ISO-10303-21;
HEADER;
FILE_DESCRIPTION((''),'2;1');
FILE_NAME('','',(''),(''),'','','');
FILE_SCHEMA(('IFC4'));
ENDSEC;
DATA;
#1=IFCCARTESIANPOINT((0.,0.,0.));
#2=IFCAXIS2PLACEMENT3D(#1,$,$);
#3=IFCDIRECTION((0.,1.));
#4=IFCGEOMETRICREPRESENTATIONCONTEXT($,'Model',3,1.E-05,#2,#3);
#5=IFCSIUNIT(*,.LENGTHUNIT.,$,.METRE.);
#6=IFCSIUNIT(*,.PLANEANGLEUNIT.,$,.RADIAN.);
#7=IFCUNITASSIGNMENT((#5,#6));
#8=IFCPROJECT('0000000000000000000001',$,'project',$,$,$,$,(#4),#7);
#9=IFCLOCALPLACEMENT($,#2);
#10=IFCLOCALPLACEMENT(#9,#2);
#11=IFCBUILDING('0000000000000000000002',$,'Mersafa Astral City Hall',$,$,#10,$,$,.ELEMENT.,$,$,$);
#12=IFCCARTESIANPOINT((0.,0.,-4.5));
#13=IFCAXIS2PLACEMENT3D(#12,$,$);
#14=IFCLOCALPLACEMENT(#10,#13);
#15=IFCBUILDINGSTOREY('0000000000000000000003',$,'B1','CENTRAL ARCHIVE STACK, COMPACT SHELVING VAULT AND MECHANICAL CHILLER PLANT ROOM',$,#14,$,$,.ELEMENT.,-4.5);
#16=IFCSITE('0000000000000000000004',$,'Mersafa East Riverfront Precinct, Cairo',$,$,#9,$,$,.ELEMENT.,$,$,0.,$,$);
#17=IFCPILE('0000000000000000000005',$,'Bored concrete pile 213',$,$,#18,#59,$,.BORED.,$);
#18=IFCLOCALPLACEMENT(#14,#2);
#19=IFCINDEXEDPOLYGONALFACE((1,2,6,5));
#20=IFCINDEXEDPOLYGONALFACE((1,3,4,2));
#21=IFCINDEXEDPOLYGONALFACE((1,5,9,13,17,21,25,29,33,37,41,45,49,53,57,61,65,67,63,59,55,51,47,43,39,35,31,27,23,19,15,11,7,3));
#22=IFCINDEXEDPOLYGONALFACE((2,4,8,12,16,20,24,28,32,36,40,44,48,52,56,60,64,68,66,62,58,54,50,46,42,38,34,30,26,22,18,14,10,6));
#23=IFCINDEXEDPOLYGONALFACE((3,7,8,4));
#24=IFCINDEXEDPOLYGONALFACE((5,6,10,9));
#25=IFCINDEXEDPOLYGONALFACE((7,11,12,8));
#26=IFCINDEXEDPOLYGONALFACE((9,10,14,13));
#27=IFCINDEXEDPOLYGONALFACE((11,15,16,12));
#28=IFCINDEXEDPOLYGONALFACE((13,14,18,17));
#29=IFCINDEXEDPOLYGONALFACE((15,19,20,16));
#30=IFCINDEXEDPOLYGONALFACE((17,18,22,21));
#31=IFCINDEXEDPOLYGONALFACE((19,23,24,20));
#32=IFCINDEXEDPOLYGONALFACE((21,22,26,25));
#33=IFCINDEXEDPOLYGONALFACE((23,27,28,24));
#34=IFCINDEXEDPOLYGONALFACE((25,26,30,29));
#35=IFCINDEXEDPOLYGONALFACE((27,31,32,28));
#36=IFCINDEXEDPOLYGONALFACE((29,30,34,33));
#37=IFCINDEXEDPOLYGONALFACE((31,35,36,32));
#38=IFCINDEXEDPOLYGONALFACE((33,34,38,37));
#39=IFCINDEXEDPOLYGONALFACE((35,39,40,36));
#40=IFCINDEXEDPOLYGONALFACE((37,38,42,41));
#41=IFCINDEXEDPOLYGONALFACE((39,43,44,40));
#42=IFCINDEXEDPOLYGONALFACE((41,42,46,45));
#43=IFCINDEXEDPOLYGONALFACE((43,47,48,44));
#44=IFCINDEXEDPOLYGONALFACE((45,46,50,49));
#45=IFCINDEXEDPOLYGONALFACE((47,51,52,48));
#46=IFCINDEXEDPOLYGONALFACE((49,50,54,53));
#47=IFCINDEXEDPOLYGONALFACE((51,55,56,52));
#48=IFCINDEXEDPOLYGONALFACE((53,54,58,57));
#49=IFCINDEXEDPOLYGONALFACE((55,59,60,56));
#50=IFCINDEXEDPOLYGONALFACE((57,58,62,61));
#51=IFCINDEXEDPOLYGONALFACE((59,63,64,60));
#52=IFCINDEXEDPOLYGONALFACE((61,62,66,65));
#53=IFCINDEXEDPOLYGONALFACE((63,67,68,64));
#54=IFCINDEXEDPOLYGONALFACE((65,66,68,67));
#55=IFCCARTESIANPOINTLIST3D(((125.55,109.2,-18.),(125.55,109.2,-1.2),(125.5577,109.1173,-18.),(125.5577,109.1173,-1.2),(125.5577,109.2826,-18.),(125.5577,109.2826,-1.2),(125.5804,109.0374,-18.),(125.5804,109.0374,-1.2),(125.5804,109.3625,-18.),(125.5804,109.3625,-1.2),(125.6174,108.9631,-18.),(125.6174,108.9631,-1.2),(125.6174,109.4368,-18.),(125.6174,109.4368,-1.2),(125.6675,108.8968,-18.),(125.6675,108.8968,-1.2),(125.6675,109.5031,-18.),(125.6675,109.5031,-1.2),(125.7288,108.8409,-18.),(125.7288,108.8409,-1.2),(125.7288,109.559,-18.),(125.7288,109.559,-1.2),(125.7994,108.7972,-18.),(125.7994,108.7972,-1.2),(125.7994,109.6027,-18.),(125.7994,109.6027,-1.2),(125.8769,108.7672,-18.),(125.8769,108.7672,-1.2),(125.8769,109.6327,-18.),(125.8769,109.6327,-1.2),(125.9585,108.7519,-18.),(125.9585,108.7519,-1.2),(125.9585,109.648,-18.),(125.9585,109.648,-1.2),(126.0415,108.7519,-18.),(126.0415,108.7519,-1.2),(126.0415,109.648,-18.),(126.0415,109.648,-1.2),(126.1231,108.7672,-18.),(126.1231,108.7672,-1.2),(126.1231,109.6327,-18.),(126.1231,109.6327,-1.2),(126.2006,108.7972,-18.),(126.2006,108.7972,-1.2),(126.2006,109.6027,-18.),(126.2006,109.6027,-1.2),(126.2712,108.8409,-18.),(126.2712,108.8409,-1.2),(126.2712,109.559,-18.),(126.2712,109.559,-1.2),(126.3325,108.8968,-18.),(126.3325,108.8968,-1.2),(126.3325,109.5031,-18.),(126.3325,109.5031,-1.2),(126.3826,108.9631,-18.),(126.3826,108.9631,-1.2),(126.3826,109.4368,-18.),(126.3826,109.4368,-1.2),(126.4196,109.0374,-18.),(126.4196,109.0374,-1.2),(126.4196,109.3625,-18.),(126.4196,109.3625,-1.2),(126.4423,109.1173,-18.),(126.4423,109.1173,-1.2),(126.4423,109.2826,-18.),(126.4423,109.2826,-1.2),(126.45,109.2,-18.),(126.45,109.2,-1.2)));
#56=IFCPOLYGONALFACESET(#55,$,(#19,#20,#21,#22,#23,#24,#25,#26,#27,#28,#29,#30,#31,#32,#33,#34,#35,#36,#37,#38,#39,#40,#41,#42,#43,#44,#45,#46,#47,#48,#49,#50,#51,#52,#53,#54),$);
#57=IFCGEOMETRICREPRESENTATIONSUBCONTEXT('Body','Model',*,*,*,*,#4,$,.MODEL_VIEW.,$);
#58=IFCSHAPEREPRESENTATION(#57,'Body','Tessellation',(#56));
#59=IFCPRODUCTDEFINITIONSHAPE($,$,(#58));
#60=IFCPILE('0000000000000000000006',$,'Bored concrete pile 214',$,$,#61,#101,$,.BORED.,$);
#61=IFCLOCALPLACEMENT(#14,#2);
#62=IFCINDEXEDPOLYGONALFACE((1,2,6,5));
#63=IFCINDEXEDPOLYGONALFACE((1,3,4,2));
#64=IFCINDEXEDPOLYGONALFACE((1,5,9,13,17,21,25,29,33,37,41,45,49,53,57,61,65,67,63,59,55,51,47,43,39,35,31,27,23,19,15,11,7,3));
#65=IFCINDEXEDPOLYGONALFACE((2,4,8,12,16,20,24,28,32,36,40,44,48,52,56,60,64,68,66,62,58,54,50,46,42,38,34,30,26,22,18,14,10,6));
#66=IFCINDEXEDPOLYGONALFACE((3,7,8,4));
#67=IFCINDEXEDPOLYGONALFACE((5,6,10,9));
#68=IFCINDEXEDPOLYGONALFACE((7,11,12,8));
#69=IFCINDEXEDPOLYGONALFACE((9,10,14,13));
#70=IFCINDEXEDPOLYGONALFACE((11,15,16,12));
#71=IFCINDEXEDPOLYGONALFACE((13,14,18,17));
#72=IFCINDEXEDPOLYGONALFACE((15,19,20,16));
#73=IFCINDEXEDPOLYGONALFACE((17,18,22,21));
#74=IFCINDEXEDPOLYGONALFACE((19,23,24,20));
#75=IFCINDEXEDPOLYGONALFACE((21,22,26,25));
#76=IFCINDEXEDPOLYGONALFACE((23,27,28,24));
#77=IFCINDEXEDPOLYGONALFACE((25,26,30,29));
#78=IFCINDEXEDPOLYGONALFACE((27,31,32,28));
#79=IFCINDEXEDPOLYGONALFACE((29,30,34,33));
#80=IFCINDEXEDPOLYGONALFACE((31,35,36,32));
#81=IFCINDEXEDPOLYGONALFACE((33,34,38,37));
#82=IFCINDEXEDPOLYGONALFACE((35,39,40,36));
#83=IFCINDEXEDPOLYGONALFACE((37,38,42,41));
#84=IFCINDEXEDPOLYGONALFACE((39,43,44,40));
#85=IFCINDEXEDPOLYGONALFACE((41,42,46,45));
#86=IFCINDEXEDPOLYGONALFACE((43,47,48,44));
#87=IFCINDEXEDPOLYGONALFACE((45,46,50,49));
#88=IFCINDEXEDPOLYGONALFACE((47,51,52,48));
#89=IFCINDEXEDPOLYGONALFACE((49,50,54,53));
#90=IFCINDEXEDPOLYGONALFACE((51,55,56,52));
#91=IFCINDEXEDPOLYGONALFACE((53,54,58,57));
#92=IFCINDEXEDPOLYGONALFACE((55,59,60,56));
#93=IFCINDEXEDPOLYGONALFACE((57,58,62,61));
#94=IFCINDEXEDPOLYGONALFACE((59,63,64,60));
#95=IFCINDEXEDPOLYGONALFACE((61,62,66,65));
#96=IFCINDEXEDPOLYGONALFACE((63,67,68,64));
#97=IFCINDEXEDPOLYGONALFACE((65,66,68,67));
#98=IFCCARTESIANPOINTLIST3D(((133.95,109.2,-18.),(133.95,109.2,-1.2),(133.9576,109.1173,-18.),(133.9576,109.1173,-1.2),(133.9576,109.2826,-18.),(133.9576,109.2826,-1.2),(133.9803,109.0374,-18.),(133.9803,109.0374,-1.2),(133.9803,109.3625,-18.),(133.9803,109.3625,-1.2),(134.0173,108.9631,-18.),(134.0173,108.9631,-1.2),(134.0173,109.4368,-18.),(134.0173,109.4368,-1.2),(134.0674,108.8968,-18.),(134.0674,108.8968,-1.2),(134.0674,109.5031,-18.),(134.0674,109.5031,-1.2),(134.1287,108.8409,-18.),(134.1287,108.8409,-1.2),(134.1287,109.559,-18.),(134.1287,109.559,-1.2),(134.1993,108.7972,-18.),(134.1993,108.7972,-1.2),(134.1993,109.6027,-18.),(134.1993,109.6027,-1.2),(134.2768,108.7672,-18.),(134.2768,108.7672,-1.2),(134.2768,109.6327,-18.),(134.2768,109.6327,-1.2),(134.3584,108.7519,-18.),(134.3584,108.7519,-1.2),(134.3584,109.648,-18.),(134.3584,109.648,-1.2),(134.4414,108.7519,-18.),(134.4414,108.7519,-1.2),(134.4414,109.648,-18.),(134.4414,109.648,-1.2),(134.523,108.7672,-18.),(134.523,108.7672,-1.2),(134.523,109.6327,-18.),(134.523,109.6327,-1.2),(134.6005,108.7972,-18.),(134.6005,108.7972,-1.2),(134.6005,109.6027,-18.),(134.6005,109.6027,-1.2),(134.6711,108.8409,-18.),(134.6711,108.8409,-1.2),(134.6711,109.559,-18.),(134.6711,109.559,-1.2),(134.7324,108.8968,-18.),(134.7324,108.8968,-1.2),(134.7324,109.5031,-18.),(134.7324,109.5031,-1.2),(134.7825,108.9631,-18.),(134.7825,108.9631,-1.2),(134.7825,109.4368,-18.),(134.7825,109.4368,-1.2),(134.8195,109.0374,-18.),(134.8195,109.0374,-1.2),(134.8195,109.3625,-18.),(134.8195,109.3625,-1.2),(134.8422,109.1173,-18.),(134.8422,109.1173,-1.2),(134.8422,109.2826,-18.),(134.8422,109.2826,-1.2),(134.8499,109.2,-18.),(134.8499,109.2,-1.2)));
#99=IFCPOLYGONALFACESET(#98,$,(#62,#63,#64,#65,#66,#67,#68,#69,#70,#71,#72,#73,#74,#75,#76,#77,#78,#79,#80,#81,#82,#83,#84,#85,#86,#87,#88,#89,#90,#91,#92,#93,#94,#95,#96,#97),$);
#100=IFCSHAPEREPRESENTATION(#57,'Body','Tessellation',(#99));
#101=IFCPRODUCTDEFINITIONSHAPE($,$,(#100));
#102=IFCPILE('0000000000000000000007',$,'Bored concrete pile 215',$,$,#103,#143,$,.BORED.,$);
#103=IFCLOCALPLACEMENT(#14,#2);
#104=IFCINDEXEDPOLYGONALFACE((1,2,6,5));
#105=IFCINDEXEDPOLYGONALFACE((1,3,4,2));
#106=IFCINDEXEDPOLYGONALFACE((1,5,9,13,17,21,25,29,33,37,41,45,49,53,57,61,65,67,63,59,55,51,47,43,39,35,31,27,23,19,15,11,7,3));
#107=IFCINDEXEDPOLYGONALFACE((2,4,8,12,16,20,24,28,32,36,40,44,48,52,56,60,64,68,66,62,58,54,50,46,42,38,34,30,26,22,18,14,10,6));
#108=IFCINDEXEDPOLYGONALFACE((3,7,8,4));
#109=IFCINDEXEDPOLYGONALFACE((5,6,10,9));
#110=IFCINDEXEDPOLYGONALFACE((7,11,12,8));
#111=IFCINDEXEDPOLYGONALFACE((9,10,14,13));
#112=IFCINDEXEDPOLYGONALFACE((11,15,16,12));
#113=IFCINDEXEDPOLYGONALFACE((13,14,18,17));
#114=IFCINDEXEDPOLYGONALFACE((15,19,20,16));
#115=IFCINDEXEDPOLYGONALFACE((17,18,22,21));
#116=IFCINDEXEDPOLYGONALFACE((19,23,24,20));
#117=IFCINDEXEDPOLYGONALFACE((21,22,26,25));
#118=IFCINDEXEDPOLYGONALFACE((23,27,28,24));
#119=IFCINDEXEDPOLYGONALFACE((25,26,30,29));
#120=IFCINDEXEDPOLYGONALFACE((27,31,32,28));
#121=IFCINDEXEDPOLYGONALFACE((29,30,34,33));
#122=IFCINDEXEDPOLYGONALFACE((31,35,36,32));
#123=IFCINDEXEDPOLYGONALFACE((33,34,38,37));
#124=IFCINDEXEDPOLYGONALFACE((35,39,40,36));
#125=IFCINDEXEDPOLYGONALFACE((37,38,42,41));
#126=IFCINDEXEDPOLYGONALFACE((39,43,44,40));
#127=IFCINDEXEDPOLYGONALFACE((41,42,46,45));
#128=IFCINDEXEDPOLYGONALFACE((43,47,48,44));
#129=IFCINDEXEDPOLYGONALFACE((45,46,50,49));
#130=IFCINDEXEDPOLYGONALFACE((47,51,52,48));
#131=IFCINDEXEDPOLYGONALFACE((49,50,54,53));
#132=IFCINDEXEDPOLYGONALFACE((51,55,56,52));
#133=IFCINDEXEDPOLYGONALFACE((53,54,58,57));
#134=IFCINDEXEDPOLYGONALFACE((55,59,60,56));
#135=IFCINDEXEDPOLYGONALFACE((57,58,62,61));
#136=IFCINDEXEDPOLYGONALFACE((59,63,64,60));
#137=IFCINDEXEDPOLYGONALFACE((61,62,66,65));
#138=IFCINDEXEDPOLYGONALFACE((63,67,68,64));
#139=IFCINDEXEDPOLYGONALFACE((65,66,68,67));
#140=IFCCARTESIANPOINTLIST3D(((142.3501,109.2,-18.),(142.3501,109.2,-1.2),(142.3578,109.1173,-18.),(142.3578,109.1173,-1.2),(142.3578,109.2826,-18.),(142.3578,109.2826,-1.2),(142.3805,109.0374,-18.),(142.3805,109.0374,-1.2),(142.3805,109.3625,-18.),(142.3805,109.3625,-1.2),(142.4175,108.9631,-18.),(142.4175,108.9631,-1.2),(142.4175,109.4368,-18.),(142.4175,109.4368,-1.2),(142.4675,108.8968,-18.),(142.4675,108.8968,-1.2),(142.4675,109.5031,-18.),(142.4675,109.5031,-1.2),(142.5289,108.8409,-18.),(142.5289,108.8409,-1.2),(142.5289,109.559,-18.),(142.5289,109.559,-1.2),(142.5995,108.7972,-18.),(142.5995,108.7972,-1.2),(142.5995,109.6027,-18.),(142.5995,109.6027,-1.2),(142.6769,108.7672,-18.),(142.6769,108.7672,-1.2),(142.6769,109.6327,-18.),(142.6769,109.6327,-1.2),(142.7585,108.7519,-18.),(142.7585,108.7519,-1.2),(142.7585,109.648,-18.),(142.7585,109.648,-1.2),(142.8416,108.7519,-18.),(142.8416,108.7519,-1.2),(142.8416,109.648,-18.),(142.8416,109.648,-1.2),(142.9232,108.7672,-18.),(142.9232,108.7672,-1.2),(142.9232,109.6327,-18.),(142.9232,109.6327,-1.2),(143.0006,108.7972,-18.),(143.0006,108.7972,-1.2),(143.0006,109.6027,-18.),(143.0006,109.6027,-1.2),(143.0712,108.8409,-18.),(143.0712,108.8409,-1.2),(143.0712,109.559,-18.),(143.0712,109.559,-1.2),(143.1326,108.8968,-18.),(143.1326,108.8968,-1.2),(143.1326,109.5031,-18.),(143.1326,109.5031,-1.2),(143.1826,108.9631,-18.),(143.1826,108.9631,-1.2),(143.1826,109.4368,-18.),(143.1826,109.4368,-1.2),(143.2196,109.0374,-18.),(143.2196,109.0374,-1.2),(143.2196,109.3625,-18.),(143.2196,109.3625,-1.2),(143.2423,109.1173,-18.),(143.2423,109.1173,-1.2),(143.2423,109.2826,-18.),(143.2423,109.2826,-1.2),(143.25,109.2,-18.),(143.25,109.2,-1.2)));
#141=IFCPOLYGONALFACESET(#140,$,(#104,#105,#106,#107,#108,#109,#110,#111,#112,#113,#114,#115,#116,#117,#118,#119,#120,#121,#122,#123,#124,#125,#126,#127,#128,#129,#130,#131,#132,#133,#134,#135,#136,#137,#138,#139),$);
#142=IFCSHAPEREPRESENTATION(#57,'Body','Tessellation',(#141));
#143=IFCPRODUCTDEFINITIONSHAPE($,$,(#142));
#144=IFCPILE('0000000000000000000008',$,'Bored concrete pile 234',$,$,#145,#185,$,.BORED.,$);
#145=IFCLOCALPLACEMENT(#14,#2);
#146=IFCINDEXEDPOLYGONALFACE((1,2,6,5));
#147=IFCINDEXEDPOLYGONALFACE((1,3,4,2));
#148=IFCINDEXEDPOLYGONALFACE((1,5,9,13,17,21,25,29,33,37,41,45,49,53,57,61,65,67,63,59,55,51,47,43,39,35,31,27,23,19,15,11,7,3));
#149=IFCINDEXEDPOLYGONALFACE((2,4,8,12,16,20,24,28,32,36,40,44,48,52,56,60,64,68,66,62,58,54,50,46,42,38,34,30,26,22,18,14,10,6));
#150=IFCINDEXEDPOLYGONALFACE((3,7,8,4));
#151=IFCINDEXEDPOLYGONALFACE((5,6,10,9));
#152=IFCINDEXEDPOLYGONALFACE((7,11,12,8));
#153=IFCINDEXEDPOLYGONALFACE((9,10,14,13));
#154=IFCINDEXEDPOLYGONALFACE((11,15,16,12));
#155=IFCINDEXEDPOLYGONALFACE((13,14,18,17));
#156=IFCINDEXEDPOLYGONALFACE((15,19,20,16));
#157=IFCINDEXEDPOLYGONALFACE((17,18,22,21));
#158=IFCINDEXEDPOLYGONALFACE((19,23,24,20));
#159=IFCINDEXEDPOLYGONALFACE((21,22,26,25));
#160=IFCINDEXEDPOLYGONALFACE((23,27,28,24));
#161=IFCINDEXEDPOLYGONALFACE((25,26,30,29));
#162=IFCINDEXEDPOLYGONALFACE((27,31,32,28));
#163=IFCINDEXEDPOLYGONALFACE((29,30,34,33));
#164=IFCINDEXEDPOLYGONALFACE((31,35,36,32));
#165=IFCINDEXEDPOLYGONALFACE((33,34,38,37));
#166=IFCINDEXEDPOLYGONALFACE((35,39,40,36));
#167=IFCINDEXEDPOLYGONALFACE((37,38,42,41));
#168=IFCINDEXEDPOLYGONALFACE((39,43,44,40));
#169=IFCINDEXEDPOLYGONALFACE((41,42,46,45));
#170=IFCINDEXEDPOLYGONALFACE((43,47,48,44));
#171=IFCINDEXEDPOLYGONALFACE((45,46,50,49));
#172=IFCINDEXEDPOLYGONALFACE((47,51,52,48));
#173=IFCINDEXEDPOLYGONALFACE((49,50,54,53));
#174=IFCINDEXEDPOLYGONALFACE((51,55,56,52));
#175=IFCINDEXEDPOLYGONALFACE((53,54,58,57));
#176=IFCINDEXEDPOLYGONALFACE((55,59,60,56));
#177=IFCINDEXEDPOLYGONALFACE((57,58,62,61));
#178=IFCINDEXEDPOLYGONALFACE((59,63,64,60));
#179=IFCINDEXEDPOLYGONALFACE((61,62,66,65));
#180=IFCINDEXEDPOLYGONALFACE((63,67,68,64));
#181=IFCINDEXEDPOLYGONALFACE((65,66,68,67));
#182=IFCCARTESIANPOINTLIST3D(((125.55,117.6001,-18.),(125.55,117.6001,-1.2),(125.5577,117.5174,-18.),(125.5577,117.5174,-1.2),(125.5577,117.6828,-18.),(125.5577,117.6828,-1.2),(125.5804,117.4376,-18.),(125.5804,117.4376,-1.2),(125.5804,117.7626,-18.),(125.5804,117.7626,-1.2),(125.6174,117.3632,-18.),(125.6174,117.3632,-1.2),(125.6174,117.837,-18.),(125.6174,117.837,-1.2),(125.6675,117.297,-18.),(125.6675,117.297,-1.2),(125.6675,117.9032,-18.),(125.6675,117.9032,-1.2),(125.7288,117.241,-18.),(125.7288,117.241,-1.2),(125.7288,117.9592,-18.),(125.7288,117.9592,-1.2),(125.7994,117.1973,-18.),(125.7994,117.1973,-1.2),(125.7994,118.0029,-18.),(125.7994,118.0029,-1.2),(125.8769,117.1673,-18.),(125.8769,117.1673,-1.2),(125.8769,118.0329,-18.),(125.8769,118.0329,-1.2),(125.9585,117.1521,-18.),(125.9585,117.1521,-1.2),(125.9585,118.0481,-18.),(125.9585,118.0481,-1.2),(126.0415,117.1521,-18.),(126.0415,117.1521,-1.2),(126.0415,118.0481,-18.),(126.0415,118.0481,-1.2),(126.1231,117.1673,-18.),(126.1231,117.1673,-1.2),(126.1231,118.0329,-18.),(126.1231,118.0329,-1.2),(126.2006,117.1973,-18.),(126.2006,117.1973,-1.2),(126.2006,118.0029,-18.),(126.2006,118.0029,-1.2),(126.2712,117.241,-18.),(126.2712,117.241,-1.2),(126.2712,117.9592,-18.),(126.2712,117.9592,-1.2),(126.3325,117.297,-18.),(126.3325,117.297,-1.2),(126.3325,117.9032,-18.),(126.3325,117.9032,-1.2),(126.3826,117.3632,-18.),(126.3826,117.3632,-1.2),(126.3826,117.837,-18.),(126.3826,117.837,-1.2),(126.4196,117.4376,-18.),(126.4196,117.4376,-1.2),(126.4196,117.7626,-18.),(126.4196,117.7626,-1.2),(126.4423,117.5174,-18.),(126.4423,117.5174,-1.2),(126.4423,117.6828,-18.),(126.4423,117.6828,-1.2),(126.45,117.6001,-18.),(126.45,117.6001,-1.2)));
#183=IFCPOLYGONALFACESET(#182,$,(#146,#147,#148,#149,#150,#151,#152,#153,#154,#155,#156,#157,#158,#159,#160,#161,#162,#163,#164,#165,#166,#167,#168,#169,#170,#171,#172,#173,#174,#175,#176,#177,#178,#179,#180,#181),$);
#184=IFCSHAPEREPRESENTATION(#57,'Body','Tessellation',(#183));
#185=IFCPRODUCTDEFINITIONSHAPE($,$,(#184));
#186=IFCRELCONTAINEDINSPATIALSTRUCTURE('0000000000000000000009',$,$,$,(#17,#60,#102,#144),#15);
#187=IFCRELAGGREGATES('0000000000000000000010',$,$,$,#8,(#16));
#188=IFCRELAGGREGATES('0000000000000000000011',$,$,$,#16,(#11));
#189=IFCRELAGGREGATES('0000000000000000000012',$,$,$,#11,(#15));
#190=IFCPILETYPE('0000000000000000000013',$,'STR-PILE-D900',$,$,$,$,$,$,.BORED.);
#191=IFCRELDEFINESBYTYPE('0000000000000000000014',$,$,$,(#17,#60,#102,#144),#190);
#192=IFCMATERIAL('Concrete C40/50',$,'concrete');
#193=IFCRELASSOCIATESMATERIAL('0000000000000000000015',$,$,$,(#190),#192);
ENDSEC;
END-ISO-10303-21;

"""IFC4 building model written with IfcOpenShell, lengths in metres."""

from ifc_helpers import new_model, si_unit, direction, frame, origin, origin_2d, place, context, subcontext, project, spatial, circle, extrude, material, material_profile, profile_set, type_object, element, save


model = new_model("IFC4")

# Units and contexts
model_context = context("Model", 3, precision=1e-05, world=origin(), true_north=direction((0.0, 1.0)))
body_context = subcontext(model_context, "Body", "Model", "MODEL_VIEW")
ifc_project = project(units=[si_unit("LENGTHUNIT", "METRE"), si_unit("PLANEANGLEUNIT", "RADIAN")], contexts=[model_context])

# Site, building, storey
site_placement = place(None, origin())
site = spatial("IfcSite", under=ifc_project, at=site_placement, Name="Mersafa East Riverfront Precinct, Cairo", CompositionType="ELEMENT", RefElevation=0.0)
building_placement = place(site_placement, origin())
building = spatial("IfcBuilding", under=site, at=building_placement, Name="Mersafa Astral City Hall", CompositionType="ELEMENT")
storey_placement = place(building_placement, frame((0.0, 0.0, -4.5)))
storey = spatial("IfcBuildingStorey", under=building, at=storey_placement, Name="B1", Description="CENTRAL ARCHIVE STACK, COMPACT SHELVING VAULT AND MECHANICAL CHILLER PLANT ROOM", CompositionType="ELEMENT", Elevation=-4.5)

# Shared definitions
ifc_material_1 = material(Name="Concrete C40/50", Category="concrete")

# Piles
ifc_material_profile_1 = material_profile(ifc_material_1, circle(Radius=0.45, at=origin_2d()), Name="PILE D900")
ifc_profile_set_1 = profile_set([ifc_material_profile_1], Name="Concrete C40/50")
pile_type = type_object("IfcPileType", Name="STR-PILE-D900", PredefinedType="BORED", material=ifc_profile_set_1)
for number, where, z_axis, x_axis, name in (
    (1, (126.0, 109.2, -1.2), (0.0, 0.0, -1.0), (1.0, 0.0, 0.0), "Bored concrete pile 213"),
    (2, (134.3999, 109.2, -1.2), (0.0, 0.0, -1.0), (1.0, 0.0, 0.0), "Bored concrete pile 214"),
    (3, (142.8, 109.2, -1.2), (0.0, 0.0, -1.0), (1.0, 0.0, 0.0), "Bored concrete pile 215"),
    (4, (126.0, 117.6001, -1.2), (0.0, 0.0, -1.0), (1.0, 0.0, 0.0), "Bored concrete pile 234"),
):
    element("IfcPile", number, at=place(storey_placement, frame(where, z_axis=z_axis, x_axis=x_axis)), inside=storey, type_object=pile_type, Name=name, PredefinedType="BORED", context=body_context, shape_type="SweptSolid", body=[
        extrude(circle(Radius=0.45, at=origin_2d()), origin(), (0.0, 0.0, 1.0), 16.8),
    ])

save(model, "model.ifc")
